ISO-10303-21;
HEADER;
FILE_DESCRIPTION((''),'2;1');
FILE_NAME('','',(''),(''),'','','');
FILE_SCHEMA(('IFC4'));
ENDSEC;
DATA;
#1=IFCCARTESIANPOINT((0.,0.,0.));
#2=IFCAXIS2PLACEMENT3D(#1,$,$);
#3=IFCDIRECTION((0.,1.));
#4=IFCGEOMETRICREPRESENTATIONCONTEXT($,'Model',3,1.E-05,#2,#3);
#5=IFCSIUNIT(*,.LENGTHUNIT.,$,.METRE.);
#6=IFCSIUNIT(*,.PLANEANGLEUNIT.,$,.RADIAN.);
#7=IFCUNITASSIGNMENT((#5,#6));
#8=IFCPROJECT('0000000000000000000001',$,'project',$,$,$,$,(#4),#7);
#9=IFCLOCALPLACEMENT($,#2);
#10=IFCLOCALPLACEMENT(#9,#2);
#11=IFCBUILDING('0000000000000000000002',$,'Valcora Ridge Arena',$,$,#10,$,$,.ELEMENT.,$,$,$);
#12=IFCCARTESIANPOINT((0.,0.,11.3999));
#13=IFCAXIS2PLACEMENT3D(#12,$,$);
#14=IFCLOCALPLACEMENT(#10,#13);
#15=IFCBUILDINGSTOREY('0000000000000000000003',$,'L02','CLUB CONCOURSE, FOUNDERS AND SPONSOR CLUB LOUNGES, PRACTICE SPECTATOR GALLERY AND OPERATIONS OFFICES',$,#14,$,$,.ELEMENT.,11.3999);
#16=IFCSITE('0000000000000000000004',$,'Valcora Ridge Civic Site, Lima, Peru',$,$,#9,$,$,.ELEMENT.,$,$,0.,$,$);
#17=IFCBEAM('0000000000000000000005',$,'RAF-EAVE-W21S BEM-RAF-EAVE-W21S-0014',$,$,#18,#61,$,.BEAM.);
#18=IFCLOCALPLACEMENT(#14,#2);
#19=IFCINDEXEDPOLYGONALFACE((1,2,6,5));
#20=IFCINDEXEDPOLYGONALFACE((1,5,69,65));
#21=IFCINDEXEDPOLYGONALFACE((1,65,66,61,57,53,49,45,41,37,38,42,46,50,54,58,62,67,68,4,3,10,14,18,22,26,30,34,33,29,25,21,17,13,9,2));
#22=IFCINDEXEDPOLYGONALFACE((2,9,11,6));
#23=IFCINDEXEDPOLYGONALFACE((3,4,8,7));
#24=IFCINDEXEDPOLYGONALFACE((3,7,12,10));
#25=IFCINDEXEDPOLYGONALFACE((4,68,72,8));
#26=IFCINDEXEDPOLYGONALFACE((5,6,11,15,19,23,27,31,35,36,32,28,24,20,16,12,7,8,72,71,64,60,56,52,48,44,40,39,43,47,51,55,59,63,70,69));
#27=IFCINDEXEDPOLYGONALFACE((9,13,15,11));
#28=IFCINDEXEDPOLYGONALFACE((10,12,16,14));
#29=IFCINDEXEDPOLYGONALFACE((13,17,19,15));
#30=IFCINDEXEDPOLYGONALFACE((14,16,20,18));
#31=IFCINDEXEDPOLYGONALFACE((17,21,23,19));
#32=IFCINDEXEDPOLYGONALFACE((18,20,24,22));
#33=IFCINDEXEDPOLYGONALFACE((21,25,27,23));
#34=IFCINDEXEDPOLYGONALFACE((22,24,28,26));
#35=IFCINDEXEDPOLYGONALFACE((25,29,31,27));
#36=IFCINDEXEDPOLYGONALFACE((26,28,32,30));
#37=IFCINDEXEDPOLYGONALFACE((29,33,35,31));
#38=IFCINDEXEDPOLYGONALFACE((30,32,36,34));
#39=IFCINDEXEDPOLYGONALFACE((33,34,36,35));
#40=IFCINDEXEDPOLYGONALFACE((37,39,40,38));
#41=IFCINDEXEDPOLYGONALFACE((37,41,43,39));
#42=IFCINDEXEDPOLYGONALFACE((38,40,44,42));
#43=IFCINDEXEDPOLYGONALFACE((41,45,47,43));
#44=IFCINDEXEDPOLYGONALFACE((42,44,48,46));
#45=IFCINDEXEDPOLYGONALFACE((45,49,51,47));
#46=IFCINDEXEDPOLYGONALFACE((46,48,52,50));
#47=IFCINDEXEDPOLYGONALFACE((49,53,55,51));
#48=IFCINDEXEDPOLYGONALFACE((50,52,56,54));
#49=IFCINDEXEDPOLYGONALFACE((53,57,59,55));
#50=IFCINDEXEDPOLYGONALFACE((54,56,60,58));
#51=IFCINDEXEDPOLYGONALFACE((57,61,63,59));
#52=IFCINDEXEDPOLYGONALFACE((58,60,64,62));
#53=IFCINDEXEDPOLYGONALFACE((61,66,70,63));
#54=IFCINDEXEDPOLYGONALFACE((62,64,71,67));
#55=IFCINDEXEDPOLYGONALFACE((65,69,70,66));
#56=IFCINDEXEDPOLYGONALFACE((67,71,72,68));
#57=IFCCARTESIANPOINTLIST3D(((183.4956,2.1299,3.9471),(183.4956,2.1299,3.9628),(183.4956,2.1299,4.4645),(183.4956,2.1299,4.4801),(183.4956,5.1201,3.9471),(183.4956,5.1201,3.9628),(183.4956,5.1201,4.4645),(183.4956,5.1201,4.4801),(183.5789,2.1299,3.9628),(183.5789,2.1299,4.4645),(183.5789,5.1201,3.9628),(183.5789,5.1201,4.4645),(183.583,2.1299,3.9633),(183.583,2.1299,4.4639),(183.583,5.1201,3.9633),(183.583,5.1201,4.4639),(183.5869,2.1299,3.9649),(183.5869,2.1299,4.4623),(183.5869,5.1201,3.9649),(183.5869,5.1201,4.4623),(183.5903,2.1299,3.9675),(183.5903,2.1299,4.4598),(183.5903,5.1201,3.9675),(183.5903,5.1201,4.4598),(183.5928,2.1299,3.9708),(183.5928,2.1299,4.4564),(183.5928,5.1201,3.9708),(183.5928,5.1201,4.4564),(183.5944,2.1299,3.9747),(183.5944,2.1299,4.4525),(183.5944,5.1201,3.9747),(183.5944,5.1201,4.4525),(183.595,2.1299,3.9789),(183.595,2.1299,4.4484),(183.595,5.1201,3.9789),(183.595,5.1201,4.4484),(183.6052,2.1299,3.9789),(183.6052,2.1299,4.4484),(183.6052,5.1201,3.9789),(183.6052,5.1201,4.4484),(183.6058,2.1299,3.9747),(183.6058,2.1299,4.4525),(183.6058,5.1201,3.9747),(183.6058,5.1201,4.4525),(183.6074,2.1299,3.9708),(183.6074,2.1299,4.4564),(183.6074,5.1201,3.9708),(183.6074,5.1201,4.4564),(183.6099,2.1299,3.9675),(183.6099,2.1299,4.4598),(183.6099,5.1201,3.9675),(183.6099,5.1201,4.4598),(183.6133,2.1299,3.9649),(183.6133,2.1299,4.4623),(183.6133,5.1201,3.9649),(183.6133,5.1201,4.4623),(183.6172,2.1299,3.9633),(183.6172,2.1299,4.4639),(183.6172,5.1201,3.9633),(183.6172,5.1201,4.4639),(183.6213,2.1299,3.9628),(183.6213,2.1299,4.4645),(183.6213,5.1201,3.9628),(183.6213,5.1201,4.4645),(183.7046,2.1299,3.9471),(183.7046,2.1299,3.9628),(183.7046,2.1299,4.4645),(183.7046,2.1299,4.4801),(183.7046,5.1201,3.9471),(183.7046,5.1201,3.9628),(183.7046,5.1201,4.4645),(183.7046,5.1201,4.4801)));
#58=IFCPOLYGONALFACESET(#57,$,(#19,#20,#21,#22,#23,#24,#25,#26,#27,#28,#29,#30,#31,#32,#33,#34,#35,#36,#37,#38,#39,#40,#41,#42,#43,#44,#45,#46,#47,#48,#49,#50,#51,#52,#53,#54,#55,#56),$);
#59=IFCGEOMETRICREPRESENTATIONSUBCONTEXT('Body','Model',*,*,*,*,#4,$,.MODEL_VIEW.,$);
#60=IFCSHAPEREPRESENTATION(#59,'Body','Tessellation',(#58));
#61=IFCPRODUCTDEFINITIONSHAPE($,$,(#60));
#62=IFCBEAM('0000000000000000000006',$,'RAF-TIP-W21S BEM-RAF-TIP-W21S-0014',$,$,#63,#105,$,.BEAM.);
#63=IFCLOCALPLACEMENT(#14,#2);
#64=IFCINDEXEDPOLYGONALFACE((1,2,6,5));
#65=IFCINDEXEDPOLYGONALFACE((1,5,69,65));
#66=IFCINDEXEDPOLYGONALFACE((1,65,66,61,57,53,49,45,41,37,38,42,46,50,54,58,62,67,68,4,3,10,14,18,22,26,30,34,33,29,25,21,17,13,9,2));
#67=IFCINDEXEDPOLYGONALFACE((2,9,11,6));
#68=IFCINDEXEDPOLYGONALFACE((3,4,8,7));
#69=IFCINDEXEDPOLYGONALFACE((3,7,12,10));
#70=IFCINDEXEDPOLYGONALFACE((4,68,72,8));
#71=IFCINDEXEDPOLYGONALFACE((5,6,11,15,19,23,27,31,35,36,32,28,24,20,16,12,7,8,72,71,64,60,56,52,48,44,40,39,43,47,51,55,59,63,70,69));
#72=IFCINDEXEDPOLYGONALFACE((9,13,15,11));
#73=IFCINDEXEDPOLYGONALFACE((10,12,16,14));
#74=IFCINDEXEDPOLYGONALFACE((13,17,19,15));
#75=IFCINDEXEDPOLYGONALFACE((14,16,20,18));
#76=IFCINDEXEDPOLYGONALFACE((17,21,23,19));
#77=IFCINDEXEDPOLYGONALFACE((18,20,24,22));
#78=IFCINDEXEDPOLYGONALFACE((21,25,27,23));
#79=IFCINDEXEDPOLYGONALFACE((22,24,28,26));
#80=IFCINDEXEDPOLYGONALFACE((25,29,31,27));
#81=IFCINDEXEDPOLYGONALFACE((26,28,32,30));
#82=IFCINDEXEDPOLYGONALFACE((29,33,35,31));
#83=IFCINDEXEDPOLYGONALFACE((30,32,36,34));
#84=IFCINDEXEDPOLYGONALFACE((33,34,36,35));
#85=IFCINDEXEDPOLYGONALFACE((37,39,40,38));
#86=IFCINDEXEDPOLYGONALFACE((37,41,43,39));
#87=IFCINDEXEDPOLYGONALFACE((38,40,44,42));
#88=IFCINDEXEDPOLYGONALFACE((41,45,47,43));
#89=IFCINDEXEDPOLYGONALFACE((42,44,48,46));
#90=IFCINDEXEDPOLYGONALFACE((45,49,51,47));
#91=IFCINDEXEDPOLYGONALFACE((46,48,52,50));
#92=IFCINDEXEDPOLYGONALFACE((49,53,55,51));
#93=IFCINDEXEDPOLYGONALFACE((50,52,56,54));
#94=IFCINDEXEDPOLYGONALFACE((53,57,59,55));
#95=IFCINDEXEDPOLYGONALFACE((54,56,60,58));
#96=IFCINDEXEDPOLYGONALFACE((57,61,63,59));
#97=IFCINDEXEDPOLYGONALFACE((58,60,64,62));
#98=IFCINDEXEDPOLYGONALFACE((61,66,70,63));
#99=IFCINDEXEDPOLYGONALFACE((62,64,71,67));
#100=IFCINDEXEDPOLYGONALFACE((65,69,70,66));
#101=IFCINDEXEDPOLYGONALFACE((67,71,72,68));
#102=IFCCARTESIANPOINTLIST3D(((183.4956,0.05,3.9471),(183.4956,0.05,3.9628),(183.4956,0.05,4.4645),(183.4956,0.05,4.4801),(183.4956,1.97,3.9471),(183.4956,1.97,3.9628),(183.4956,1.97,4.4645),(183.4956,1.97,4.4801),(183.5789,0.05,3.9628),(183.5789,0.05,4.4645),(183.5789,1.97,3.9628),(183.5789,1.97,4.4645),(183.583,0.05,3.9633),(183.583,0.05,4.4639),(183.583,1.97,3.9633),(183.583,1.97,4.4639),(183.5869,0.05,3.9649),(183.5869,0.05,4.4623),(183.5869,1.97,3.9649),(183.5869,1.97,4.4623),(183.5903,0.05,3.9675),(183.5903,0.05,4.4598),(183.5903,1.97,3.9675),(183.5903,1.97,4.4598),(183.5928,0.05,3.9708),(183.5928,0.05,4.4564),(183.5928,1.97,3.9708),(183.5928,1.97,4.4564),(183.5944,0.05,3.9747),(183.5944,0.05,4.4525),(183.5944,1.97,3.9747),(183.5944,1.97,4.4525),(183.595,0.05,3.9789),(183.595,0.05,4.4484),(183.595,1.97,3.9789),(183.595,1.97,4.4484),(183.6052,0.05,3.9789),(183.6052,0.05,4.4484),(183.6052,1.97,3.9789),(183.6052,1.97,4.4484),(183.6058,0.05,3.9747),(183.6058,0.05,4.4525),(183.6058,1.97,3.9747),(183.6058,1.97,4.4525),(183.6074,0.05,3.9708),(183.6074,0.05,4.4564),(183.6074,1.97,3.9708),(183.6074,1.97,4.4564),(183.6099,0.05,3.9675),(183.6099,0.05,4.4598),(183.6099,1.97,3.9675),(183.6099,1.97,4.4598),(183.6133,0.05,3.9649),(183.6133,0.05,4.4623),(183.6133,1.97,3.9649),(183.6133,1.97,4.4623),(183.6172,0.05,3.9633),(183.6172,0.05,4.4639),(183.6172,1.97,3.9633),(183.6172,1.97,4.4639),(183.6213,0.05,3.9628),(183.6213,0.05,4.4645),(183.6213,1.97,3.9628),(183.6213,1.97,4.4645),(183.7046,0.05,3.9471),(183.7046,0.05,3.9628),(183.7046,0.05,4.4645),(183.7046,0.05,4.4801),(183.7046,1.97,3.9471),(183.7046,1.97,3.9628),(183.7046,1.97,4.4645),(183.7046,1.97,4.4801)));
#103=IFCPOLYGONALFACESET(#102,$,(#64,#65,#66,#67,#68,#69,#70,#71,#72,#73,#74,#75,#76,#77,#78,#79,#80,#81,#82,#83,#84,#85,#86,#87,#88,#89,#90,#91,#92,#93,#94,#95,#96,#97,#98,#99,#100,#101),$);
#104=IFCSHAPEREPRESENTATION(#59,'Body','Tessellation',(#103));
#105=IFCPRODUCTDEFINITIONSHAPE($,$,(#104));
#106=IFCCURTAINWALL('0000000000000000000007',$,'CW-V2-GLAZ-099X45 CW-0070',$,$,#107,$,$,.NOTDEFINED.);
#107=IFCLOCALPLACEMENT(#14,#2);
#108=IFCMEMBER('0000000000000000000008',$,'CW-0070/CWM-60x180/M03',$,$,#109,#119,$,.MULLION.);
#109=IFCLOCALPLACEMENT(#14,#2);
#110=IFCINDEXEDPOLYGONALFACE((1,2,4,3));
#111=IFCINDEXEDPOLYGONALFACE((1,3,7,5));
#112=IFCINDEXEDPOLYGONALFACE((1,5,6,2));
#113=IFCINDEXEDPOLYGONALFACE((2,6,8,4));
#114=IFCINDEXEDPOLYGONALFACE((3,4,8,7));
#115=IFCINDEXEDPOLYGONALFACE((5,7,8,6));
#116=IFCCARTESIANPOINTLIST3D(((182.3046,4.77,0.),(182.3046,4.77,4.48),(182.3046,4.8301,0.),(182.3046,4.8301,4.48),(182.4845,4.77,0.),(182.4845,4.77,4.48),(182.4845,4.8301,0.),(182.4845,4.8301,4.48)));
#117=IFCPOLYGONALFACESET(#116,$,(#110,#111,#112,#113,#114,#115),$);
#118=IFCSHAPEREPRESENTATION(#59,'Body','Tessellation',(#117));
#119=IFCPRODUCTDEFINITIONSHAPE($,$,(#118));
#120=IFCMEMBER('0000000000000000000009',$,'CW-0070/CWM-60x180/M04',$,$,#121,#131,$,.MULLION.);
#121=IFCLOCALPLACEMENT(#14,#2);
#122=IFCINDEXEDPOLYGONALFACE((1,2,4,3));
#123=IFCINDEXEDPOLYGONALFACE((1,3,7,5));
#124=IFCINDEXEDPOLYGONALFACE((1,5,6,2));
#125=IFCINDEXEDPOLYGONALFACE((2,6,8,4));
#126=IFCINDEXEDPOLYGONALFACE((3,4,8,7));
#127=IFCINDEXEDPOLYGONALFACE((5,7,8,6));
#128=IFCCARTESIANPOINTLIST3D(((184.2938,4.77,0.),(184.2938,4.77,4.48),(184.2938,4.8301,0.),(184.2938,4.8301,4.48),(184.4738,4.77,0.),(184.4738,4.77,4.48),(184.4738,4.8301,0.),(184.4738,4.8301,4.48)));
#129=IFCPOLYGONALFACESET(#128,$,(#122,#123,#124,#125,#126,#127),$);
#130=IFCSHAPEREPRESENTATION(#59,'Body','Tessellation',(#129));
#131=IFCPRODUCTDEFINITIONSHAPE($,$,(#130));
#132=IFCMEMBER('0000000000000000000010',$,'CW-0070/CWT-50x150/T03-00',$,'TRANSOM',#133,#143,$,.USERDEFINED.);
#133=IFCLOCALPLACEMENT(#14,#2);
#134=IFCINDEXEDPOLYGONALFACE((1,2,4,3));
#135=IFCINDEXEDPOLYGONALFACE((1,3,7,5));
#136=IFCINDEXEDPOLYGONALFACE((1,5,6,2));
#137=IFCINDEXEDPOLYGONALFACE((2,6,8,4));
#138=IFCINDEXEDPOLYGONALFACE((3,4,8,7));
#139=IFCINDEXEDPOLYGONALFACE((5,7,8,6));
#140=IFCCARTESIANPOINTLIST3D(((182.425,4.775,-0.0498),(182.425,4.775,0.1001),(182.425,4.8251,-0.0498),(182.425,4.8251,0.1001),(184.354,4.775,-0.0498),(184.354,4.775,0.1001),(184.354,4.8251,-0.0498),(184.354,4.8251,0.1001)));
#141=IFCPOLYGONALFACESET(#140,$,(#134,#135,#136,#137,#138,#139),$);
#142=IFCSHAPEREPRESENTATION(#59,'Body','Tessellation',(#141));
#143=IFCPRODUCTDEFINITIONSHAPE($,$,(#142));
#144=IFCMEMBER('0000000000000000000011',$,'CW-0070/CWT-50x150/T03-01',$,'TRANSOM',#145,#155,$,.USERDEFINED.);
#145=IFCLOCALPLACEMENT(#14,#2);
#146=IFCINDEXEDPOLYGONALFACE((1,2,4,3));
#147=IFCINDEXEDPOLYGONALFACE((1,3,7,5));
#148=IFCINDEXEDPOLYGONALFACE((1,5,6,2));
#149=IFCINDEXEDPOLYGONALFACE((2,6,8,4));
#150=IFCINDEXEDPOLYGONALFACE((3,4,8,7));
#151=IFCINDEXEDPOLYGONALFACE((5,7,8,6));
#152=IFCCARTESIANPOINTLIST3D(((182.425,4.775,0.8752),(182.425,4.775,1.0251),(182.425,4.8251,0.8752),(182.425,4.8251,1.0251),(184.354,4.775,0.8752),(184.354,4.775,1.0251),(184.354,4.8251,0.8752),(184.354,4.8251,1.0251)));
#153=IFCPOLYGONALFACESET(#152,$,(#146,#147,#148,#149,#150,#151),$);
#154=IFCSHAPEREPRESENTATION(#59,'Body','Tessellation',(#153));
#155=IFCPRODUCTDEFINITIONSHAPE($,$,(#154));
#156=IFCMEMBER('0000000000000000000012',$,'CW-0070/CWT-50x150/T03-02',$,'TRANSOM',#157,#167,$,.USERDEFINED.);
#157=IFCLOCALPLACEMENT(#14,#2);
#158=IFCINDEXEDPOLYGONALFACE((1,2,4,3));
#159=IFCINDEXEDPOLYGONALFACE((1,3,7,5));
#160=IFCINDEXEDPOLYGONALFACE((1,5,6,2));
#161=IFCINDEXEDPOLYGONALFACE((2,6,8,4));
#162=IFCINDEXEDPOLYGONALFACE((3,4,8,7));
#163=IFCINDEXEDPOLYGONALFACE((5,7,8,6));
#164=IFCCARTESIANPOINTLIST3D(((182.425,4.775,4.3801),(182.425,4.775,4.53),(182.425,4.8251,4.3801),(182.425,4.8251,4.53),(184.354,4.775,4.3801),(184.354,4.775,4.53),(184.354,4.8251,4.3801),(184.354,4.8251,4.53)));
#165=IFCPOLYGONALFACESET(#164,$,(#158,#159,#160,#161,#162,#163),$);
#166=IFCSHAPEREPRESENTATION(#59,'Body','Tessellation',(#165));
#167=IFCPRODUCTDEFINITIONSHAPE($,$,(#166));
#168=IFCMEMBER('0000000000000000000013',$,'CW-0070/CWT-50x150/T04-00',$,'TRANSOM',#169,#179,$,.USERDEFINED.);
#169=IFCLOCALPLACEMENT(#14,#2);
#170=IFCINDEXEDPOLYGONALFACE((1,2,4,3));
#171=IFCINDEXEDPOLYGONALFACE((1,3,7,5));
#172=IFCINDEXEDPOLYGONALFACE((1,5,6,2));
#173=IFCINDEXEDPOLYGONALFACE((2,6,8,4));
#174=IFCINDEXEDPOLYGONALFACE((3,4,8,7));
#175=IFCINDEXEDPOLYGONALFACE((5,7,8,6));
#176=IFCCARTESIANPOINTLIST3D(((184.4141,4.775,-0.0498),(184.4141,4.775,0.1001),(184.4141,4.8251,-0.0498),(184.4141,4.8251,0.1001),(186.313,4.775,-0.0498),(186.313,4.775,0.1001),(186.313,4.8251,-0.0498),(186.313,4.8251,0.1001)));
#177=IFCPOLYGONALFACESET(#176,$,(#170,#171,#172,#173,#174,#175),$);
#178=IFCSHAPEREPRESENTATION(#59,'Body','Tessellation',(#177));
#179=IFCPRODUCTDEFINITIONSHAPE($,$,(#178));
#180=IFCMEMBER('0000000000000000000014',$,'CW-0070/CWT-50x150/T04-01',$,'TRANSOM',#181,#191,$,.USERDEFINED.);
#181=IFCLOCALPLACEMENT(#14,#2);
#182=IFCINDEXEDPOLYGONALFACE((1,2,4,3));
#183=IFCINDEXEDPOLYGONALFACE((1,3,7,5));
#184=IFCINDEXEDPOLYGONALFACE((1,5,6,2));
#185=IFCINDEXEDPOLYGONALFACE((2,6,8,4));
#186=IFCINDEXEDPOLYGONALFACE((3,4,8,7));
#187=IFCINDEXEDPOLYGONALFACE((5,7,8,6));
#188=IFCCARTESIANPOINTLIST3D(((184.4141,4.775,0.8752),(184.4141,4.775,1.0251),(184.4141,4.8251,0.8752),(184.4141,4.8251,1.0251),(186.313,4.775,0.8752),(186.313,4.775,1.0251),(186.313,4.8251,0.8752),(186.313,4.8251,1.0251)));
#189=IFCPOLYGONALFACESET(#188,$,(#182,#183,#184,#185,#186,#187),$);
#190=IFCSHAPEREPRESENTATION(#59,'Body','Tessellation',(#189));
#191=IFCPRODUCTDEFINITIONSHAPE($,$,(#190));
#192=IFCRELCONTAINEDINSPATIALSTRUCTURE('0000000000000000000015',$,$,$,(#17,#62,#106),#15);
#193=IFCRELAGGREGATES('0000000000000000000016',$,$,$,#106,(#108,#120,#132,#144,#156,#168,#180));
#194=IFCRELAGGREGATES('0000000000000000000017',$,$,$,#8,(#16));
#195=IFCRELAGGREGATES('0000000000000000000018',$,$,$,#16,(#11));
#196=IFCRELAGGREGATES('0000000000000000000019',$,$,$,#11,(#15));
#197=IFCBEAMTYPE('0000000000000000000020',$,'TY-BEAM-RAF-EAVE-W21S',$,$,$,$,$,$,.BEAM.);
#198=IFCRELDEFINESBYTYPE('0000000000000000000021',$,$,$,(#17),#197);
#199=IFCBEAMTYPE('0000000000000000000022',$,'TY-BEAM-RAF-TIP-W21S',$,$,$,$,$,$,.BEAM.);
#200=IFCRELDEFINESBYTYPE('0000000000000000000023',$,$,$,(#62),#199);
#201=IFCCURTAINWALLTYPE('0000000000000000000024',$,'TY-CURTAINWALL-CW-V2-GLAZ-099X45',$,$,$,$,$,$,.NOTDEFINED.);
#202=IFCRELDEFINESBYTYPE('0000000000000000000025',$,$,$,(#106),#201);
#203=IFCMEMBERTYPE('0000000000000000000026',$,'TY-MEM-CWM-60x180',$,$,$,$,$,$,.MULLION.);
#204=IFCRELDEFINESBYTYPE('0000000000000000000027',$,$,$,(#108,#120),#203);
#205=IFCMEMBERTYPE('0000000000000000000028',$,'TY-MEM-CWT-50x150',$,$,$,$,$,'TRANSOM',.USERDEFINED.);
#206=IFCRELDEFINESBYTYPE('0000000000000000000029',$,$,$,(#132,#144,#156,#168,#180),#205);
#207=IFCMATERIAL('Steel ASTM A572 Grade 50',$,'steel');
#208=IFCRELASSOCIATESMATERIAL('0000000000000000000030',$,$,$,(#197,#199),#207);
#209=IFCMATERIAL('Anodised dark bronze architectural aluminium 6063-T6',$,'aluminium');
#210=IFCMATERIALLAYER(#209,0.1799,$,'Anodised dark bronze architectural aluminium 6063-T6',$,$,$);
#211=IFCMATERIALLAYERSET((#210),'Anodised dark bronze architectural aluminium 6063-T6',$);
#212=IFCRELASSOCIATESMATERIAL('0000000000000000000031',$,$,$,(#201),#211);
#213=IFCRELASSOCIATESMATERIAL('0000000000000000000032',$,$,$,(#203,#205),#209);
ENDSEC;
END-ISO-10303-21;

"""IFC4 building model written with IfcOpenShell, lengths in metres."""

from ifc_helpers import new_model, si_unit, direction, frame, origin, origin_2d, place, context, subcontext, project, spatial, rectangle, i_section, extrude, material, layer, layer_set, material_profile, profile_set, type_object, element, aggregate, save


model = new_model("IFC4")

# Units and contexts
model_context = context("Model", 3, precision=1e-05, world=origin(), true_north=direction((0.0, 1.0)))
body_context = subcontext(model_context, "Body", "Model", "MODEL_VIEW")
ifc_project = project(units=[si_unit("LENGTHUNIT", "METRE"), si_unit("PLANEANGLEUNIT", "RADIAN")], contexts=[model_context])

# Site, building, storey
site_placement = place(None, origin())
site = spatial("IfcSite", under=ifc_project, at=site_placement, Name="Valcora Ridge Civic Site, Lima, Peru", CompositionType="ELEMENT", RefElevation=0.0)
building_placement = place(site_placement, origin())
building = spatial("IfcBuilding", under=site, at=building_placement, Name="Valcora Ridge Arena", CompositionType="ELEMENT")
storey_placement = place(building_placement, frame((0.0, 0.0, 11.3999)))
storey = spatial("IfcBuildingStorey", under=building, at=storey_placement, Name="L02", Description="CLUB CONCOURSE, FOUNDERS AND SPONSOR CLUB LOUNGES, PRACTICE SPECTATOR GALLERY AND OPERATIONS OFFICES", CompositionType="ELEMENT", Elevation=11.3999)

# Beams
ifc_material_1 = material(Name="Steel ASTM A572 Grade 50", Category="steel")
ifc_material_profile_1 = material_profile(ifc_material_1, i_section(OverallWidth=0.209, OverallDepth=0.533, WebThickness=0.0103, FlangeThickness=0.0156, FilletRadius=0.0161, at=origin_2d()), Name="W21X62")
ifc_profile_set_1 = profile_set([ifc_material_profile_1], Name="Steel ASTM A572 Grade 50")
beam_type_1 = type_object("IfcBeamType", Name="TY-BEAM-RAF-EAVE-W21S", PredefinedType="BEAM", material=ifc_profile_set_1)
beam_1_placement = place(storey_placement, frame((183.6001, 2.1299, 4.2136), z_axis=(0.0, 1.0, 0.0), x_axis=(-1.0, 0.0, 0.0)))
element("IfcBeam", 1, at=beam_1_placement, inside=storey, type_object=beam_type_1, Name="RAF-EAVE-W21S BEM-RAF-EAVE-W21S-0014", PredefinedType="BEAM", context=body_context, shape_type="SweptSolid", body=[
    extrude(i_section(OverallWidth=0.209, OverallDepth=0.533, WebThickness=0.0103, FlangeThickness=0.0156, FilletRadius=0.0161, at=origin_2d()), origin(), (0.0, 0.0, 1.0), 2.9902),
])
ifc_material_profile_2 = material_profile(ifc_material_1, i_section(OverallWidth=0.209, OverallDepth=0.533, WebThickness=0.0103, FlangeThickness=0.0156, FilletRadius=0.0161, at=origin_2d()), Name="W21X62")
ifc_profile_set_2 = profile_set([ifc_material_profile_2], Name="Steel ASTM A572 Grade 50")
beam_type_2 = type_object("IfcBeamType", Name="TY-BEAM-RAF-TIP-W21S", PredefinedType="BEAM", material=ifc_profile_set_2)
beam_2_placement = place(storey_placement, frame((183.6001, 0.05, 4.2136), z_axis=(0.0, 1.0, 0.0), x_axis=(-1.0, 0.0, 0.0)))
element("IfcBeam", 2, at=beam_2_placement, inside=storey, type_object=beam_type_2, Name="RAF-TIP-W21S BEM-RAF-TIP-W21S-0014", PredefinedType="BEAM", context=body_context, shape_type="SweptSolid", body=[
    extrude(i_section(OverallWidth=0.209, OverallDepth=0.533, WebThickness=0.0103, FlangeThickness=0.0156, FilletRadius=0.0161, at=origin_2d()), origin(), (0.0, 0.0, 1.0), 1.9199),
])

# Curtain wall, members
ifc_material_2 = material(Name="Anodised dark bronze architectural aluminium 6063-T6", Category="aluminium")
ifc_layer_1 = layer(ifc_material_2, 0.1799, Name="Anodised dark bronze architectural aluminium 6063-T6")
ifc_layer_set_1 = layer_set([ifc_layer_1], Name="Anodised dark bronze architectural aluminium 6063-T6")
curtain_wall_type = type_object("IfcCurtainWallType", Name="TY-CURTAINWALL-CW-V2-GLAZ-099X45", PredefinedType="NOTDEFINED", material=ifc_layer_set_1)
curtain_wall_placement = place(storey_placement, origin())
curtain_wall = element("IfcCurtainWall", 3, at=curtain_wall_placement, inside=storey, type_object=curtain_wall_type, Name="CW-V2-GLAZ-099X45 CW-0070", PredefinedType="NOTDEFINED")
ifc_material_profile_3 = material_profile(ifc_material_2, rectangle(XDim=0.0601, YDim=0.1799, at=origin_2d()), Name="ALU MULLION 60x180")
ifc_profile_set_3 = profile_set([ifc_material_profile_3], Name="Anodised dark bronze architectural aluminium 6063-T6")
member_type_1 = type_object("IfcMemberType", Name="TY-MEM-CWM-60x180", PredefinedType="MULLION", material=ifc_profile_set_3)
member_1_placement = place(storey_placement, frame((182.3945, 4.8, 0.0), z_axis=(0.0, 0.0, 1.0), x_axis=(0.0, 1.0, 0.0)))
member_1 = element("IfcMember", 4, at=member_1_placement, type_object=member_type_1, Name="CW-0070/CWM-60x180/M03", PredefinedType="MULLION", context=body_context, shape_type="SweptSolid", body=[
    extrude(rectangle(XDim=0.0601, YDim=0.1799, at=origin_2d()), origin(), (0.0, 0.0, 1.0), 4.48),
])
member_2_placement = place(storey_placement, frame((184.3838, 4.8, 0.0), z_axis=(0.0, 0.0, 1.0), x_axis=(0.0, 1.0, 0.0)))
member_2 = element("IfcMember", 5, at=member_2_placement, type_object=member_type_1, Name="CW-0070/CWM-60x180/M04", PredefinedType="MULLION", context=body_context, shape_type="SweptSolid", body=[
    extrude(rectangle(XDim=0.0601, YDim=0.1799, at=origin_2d()), origin(), (0.0, 0.0, 1.0), 4.48),
])
ifc_material_profile_4 = material_profile(ifc_material_2, rectangle(XDim=0.05, YDim=0.1499, at=origin_2d()), Name="ALU TRANSOM 50x150")
ifc_profile_set_4 = profile_set([ifc_material_profile_4], Name="Anodised dark bronze architectural aluminium 6063-T6")
member_type_2 = type_object("IfcMemberType", Name="TY-MEM-CWT-50x150", ElementType="TRANSOM", PredefinedType="USERDEFINED", material=ifc_profile_set_4)
member_3_placement = place(storey_placement, frame((182.425, 4.8, 0.0251), z_axis=(1.0, 0.0, 0.0), x_axis=(0.0, 1.0, 0.0)))
member_3 = element("IfcMember", 6, at=member_3_placement, type_object=member_type_2, Name="CW-0070/CWT-50x150/T03-00", ObjectType="TRANSOM", PredefinedType="USERDEFINED", context=body_context, shape_type="SweptSolid", body=[
    extrude(rectangle(XDim=0.05, YDim=0.1499, at=origin_2d()), origin(), (0.0, 0.0, 1.0), 1.929),
])
member_4_placement = place(storey_placement, frame((182.425, 4.8, 0.9502), z_axis=(1.0, 0.0, 0.0), x_axis=(0.0, 1.0, 0.0)))
member_4 = element("IfcMember", 7, at=member_4_placement, type_object=member_type_2, Name="CW-0070/CWT-50x150/T03-01", ObjectType="TRANSOM", PredefinedType="USERDEFINED", context=body_context, shape_type="SweptSolid", body=[
    extrude(rectangle(XDim=0.05, YDim=0.1499, at=origin_2d()), origin(), (0.0, 0.0, 1.0), 1.929),
])
member_5_placement = place(storey_placement, frame((182.425, 4.8, 4.4551), z_axis=(1.0, 0.0, 0.0), x_axis=(0.0, 1.0, 0.0)))
member_5 = element("IfcMember", 8, at=member_5_placement, type_object=member_type_2, Name="CW-0070/CWT-50x150/T03-02", ObjectType="TRANSOM", PredefinedType="USERDEFINED", context=body_context, shape_type="SweptSolid", body=[
    extrude(rectangle(XDim=0.05, YDim=0.1499, at=origin_2d()), origin(), (0.0, 0.0, 1.0), 1.929),
])
member_6_placement = place(storey_placement, frame((184.4141, 4.8, 0.0251), z_axis=(1.0, 0.0, 0.0), x_axis=(0.0, 1.0, 0.0)))
member_6 = element("IfcMember", 9, at=member_6_placement, type_object=member_type_2, Name="CW-0070/CWT-50x150/T04-00", ObjectType="TRANSOM", PredefinedType="USERDEFINED", context=body_context, shape_type="SweptSolid", body=[
    extrude(rectangle(XDim=0.05, YDim=0.1499, at=origin_2d()), origin(), (0.0, 0.0, 1.0), 1.8989),
])
member_7_placement = place(storey_placement, frame((184.4141, 4.8, 0.9502), z_axis=(1.0, 0.0, 0.0), x_axis=(0.0, 1.0, 0.0)))
member_7 = element("IfcMember", 10, at=member_7_placement, type_object=member_type_2, Name="CW-0070/CWT-50x150/T04-01", ObjectType="TRANSOM", PredefinedType="USERDEFINED", context=body_context, shape_type="SweptSolid", body=[
    extrude(rectangle(XDim=0.05, YDim=0.1499, at=origin_2d()), origin(), (0.0, 0.0, 1.0), 1.8989),
])
aggregate(curtain_wall, [member_1, member_2, member_3, member_4, member_5, member_6, member_7])

save(model, "model.ifc")
